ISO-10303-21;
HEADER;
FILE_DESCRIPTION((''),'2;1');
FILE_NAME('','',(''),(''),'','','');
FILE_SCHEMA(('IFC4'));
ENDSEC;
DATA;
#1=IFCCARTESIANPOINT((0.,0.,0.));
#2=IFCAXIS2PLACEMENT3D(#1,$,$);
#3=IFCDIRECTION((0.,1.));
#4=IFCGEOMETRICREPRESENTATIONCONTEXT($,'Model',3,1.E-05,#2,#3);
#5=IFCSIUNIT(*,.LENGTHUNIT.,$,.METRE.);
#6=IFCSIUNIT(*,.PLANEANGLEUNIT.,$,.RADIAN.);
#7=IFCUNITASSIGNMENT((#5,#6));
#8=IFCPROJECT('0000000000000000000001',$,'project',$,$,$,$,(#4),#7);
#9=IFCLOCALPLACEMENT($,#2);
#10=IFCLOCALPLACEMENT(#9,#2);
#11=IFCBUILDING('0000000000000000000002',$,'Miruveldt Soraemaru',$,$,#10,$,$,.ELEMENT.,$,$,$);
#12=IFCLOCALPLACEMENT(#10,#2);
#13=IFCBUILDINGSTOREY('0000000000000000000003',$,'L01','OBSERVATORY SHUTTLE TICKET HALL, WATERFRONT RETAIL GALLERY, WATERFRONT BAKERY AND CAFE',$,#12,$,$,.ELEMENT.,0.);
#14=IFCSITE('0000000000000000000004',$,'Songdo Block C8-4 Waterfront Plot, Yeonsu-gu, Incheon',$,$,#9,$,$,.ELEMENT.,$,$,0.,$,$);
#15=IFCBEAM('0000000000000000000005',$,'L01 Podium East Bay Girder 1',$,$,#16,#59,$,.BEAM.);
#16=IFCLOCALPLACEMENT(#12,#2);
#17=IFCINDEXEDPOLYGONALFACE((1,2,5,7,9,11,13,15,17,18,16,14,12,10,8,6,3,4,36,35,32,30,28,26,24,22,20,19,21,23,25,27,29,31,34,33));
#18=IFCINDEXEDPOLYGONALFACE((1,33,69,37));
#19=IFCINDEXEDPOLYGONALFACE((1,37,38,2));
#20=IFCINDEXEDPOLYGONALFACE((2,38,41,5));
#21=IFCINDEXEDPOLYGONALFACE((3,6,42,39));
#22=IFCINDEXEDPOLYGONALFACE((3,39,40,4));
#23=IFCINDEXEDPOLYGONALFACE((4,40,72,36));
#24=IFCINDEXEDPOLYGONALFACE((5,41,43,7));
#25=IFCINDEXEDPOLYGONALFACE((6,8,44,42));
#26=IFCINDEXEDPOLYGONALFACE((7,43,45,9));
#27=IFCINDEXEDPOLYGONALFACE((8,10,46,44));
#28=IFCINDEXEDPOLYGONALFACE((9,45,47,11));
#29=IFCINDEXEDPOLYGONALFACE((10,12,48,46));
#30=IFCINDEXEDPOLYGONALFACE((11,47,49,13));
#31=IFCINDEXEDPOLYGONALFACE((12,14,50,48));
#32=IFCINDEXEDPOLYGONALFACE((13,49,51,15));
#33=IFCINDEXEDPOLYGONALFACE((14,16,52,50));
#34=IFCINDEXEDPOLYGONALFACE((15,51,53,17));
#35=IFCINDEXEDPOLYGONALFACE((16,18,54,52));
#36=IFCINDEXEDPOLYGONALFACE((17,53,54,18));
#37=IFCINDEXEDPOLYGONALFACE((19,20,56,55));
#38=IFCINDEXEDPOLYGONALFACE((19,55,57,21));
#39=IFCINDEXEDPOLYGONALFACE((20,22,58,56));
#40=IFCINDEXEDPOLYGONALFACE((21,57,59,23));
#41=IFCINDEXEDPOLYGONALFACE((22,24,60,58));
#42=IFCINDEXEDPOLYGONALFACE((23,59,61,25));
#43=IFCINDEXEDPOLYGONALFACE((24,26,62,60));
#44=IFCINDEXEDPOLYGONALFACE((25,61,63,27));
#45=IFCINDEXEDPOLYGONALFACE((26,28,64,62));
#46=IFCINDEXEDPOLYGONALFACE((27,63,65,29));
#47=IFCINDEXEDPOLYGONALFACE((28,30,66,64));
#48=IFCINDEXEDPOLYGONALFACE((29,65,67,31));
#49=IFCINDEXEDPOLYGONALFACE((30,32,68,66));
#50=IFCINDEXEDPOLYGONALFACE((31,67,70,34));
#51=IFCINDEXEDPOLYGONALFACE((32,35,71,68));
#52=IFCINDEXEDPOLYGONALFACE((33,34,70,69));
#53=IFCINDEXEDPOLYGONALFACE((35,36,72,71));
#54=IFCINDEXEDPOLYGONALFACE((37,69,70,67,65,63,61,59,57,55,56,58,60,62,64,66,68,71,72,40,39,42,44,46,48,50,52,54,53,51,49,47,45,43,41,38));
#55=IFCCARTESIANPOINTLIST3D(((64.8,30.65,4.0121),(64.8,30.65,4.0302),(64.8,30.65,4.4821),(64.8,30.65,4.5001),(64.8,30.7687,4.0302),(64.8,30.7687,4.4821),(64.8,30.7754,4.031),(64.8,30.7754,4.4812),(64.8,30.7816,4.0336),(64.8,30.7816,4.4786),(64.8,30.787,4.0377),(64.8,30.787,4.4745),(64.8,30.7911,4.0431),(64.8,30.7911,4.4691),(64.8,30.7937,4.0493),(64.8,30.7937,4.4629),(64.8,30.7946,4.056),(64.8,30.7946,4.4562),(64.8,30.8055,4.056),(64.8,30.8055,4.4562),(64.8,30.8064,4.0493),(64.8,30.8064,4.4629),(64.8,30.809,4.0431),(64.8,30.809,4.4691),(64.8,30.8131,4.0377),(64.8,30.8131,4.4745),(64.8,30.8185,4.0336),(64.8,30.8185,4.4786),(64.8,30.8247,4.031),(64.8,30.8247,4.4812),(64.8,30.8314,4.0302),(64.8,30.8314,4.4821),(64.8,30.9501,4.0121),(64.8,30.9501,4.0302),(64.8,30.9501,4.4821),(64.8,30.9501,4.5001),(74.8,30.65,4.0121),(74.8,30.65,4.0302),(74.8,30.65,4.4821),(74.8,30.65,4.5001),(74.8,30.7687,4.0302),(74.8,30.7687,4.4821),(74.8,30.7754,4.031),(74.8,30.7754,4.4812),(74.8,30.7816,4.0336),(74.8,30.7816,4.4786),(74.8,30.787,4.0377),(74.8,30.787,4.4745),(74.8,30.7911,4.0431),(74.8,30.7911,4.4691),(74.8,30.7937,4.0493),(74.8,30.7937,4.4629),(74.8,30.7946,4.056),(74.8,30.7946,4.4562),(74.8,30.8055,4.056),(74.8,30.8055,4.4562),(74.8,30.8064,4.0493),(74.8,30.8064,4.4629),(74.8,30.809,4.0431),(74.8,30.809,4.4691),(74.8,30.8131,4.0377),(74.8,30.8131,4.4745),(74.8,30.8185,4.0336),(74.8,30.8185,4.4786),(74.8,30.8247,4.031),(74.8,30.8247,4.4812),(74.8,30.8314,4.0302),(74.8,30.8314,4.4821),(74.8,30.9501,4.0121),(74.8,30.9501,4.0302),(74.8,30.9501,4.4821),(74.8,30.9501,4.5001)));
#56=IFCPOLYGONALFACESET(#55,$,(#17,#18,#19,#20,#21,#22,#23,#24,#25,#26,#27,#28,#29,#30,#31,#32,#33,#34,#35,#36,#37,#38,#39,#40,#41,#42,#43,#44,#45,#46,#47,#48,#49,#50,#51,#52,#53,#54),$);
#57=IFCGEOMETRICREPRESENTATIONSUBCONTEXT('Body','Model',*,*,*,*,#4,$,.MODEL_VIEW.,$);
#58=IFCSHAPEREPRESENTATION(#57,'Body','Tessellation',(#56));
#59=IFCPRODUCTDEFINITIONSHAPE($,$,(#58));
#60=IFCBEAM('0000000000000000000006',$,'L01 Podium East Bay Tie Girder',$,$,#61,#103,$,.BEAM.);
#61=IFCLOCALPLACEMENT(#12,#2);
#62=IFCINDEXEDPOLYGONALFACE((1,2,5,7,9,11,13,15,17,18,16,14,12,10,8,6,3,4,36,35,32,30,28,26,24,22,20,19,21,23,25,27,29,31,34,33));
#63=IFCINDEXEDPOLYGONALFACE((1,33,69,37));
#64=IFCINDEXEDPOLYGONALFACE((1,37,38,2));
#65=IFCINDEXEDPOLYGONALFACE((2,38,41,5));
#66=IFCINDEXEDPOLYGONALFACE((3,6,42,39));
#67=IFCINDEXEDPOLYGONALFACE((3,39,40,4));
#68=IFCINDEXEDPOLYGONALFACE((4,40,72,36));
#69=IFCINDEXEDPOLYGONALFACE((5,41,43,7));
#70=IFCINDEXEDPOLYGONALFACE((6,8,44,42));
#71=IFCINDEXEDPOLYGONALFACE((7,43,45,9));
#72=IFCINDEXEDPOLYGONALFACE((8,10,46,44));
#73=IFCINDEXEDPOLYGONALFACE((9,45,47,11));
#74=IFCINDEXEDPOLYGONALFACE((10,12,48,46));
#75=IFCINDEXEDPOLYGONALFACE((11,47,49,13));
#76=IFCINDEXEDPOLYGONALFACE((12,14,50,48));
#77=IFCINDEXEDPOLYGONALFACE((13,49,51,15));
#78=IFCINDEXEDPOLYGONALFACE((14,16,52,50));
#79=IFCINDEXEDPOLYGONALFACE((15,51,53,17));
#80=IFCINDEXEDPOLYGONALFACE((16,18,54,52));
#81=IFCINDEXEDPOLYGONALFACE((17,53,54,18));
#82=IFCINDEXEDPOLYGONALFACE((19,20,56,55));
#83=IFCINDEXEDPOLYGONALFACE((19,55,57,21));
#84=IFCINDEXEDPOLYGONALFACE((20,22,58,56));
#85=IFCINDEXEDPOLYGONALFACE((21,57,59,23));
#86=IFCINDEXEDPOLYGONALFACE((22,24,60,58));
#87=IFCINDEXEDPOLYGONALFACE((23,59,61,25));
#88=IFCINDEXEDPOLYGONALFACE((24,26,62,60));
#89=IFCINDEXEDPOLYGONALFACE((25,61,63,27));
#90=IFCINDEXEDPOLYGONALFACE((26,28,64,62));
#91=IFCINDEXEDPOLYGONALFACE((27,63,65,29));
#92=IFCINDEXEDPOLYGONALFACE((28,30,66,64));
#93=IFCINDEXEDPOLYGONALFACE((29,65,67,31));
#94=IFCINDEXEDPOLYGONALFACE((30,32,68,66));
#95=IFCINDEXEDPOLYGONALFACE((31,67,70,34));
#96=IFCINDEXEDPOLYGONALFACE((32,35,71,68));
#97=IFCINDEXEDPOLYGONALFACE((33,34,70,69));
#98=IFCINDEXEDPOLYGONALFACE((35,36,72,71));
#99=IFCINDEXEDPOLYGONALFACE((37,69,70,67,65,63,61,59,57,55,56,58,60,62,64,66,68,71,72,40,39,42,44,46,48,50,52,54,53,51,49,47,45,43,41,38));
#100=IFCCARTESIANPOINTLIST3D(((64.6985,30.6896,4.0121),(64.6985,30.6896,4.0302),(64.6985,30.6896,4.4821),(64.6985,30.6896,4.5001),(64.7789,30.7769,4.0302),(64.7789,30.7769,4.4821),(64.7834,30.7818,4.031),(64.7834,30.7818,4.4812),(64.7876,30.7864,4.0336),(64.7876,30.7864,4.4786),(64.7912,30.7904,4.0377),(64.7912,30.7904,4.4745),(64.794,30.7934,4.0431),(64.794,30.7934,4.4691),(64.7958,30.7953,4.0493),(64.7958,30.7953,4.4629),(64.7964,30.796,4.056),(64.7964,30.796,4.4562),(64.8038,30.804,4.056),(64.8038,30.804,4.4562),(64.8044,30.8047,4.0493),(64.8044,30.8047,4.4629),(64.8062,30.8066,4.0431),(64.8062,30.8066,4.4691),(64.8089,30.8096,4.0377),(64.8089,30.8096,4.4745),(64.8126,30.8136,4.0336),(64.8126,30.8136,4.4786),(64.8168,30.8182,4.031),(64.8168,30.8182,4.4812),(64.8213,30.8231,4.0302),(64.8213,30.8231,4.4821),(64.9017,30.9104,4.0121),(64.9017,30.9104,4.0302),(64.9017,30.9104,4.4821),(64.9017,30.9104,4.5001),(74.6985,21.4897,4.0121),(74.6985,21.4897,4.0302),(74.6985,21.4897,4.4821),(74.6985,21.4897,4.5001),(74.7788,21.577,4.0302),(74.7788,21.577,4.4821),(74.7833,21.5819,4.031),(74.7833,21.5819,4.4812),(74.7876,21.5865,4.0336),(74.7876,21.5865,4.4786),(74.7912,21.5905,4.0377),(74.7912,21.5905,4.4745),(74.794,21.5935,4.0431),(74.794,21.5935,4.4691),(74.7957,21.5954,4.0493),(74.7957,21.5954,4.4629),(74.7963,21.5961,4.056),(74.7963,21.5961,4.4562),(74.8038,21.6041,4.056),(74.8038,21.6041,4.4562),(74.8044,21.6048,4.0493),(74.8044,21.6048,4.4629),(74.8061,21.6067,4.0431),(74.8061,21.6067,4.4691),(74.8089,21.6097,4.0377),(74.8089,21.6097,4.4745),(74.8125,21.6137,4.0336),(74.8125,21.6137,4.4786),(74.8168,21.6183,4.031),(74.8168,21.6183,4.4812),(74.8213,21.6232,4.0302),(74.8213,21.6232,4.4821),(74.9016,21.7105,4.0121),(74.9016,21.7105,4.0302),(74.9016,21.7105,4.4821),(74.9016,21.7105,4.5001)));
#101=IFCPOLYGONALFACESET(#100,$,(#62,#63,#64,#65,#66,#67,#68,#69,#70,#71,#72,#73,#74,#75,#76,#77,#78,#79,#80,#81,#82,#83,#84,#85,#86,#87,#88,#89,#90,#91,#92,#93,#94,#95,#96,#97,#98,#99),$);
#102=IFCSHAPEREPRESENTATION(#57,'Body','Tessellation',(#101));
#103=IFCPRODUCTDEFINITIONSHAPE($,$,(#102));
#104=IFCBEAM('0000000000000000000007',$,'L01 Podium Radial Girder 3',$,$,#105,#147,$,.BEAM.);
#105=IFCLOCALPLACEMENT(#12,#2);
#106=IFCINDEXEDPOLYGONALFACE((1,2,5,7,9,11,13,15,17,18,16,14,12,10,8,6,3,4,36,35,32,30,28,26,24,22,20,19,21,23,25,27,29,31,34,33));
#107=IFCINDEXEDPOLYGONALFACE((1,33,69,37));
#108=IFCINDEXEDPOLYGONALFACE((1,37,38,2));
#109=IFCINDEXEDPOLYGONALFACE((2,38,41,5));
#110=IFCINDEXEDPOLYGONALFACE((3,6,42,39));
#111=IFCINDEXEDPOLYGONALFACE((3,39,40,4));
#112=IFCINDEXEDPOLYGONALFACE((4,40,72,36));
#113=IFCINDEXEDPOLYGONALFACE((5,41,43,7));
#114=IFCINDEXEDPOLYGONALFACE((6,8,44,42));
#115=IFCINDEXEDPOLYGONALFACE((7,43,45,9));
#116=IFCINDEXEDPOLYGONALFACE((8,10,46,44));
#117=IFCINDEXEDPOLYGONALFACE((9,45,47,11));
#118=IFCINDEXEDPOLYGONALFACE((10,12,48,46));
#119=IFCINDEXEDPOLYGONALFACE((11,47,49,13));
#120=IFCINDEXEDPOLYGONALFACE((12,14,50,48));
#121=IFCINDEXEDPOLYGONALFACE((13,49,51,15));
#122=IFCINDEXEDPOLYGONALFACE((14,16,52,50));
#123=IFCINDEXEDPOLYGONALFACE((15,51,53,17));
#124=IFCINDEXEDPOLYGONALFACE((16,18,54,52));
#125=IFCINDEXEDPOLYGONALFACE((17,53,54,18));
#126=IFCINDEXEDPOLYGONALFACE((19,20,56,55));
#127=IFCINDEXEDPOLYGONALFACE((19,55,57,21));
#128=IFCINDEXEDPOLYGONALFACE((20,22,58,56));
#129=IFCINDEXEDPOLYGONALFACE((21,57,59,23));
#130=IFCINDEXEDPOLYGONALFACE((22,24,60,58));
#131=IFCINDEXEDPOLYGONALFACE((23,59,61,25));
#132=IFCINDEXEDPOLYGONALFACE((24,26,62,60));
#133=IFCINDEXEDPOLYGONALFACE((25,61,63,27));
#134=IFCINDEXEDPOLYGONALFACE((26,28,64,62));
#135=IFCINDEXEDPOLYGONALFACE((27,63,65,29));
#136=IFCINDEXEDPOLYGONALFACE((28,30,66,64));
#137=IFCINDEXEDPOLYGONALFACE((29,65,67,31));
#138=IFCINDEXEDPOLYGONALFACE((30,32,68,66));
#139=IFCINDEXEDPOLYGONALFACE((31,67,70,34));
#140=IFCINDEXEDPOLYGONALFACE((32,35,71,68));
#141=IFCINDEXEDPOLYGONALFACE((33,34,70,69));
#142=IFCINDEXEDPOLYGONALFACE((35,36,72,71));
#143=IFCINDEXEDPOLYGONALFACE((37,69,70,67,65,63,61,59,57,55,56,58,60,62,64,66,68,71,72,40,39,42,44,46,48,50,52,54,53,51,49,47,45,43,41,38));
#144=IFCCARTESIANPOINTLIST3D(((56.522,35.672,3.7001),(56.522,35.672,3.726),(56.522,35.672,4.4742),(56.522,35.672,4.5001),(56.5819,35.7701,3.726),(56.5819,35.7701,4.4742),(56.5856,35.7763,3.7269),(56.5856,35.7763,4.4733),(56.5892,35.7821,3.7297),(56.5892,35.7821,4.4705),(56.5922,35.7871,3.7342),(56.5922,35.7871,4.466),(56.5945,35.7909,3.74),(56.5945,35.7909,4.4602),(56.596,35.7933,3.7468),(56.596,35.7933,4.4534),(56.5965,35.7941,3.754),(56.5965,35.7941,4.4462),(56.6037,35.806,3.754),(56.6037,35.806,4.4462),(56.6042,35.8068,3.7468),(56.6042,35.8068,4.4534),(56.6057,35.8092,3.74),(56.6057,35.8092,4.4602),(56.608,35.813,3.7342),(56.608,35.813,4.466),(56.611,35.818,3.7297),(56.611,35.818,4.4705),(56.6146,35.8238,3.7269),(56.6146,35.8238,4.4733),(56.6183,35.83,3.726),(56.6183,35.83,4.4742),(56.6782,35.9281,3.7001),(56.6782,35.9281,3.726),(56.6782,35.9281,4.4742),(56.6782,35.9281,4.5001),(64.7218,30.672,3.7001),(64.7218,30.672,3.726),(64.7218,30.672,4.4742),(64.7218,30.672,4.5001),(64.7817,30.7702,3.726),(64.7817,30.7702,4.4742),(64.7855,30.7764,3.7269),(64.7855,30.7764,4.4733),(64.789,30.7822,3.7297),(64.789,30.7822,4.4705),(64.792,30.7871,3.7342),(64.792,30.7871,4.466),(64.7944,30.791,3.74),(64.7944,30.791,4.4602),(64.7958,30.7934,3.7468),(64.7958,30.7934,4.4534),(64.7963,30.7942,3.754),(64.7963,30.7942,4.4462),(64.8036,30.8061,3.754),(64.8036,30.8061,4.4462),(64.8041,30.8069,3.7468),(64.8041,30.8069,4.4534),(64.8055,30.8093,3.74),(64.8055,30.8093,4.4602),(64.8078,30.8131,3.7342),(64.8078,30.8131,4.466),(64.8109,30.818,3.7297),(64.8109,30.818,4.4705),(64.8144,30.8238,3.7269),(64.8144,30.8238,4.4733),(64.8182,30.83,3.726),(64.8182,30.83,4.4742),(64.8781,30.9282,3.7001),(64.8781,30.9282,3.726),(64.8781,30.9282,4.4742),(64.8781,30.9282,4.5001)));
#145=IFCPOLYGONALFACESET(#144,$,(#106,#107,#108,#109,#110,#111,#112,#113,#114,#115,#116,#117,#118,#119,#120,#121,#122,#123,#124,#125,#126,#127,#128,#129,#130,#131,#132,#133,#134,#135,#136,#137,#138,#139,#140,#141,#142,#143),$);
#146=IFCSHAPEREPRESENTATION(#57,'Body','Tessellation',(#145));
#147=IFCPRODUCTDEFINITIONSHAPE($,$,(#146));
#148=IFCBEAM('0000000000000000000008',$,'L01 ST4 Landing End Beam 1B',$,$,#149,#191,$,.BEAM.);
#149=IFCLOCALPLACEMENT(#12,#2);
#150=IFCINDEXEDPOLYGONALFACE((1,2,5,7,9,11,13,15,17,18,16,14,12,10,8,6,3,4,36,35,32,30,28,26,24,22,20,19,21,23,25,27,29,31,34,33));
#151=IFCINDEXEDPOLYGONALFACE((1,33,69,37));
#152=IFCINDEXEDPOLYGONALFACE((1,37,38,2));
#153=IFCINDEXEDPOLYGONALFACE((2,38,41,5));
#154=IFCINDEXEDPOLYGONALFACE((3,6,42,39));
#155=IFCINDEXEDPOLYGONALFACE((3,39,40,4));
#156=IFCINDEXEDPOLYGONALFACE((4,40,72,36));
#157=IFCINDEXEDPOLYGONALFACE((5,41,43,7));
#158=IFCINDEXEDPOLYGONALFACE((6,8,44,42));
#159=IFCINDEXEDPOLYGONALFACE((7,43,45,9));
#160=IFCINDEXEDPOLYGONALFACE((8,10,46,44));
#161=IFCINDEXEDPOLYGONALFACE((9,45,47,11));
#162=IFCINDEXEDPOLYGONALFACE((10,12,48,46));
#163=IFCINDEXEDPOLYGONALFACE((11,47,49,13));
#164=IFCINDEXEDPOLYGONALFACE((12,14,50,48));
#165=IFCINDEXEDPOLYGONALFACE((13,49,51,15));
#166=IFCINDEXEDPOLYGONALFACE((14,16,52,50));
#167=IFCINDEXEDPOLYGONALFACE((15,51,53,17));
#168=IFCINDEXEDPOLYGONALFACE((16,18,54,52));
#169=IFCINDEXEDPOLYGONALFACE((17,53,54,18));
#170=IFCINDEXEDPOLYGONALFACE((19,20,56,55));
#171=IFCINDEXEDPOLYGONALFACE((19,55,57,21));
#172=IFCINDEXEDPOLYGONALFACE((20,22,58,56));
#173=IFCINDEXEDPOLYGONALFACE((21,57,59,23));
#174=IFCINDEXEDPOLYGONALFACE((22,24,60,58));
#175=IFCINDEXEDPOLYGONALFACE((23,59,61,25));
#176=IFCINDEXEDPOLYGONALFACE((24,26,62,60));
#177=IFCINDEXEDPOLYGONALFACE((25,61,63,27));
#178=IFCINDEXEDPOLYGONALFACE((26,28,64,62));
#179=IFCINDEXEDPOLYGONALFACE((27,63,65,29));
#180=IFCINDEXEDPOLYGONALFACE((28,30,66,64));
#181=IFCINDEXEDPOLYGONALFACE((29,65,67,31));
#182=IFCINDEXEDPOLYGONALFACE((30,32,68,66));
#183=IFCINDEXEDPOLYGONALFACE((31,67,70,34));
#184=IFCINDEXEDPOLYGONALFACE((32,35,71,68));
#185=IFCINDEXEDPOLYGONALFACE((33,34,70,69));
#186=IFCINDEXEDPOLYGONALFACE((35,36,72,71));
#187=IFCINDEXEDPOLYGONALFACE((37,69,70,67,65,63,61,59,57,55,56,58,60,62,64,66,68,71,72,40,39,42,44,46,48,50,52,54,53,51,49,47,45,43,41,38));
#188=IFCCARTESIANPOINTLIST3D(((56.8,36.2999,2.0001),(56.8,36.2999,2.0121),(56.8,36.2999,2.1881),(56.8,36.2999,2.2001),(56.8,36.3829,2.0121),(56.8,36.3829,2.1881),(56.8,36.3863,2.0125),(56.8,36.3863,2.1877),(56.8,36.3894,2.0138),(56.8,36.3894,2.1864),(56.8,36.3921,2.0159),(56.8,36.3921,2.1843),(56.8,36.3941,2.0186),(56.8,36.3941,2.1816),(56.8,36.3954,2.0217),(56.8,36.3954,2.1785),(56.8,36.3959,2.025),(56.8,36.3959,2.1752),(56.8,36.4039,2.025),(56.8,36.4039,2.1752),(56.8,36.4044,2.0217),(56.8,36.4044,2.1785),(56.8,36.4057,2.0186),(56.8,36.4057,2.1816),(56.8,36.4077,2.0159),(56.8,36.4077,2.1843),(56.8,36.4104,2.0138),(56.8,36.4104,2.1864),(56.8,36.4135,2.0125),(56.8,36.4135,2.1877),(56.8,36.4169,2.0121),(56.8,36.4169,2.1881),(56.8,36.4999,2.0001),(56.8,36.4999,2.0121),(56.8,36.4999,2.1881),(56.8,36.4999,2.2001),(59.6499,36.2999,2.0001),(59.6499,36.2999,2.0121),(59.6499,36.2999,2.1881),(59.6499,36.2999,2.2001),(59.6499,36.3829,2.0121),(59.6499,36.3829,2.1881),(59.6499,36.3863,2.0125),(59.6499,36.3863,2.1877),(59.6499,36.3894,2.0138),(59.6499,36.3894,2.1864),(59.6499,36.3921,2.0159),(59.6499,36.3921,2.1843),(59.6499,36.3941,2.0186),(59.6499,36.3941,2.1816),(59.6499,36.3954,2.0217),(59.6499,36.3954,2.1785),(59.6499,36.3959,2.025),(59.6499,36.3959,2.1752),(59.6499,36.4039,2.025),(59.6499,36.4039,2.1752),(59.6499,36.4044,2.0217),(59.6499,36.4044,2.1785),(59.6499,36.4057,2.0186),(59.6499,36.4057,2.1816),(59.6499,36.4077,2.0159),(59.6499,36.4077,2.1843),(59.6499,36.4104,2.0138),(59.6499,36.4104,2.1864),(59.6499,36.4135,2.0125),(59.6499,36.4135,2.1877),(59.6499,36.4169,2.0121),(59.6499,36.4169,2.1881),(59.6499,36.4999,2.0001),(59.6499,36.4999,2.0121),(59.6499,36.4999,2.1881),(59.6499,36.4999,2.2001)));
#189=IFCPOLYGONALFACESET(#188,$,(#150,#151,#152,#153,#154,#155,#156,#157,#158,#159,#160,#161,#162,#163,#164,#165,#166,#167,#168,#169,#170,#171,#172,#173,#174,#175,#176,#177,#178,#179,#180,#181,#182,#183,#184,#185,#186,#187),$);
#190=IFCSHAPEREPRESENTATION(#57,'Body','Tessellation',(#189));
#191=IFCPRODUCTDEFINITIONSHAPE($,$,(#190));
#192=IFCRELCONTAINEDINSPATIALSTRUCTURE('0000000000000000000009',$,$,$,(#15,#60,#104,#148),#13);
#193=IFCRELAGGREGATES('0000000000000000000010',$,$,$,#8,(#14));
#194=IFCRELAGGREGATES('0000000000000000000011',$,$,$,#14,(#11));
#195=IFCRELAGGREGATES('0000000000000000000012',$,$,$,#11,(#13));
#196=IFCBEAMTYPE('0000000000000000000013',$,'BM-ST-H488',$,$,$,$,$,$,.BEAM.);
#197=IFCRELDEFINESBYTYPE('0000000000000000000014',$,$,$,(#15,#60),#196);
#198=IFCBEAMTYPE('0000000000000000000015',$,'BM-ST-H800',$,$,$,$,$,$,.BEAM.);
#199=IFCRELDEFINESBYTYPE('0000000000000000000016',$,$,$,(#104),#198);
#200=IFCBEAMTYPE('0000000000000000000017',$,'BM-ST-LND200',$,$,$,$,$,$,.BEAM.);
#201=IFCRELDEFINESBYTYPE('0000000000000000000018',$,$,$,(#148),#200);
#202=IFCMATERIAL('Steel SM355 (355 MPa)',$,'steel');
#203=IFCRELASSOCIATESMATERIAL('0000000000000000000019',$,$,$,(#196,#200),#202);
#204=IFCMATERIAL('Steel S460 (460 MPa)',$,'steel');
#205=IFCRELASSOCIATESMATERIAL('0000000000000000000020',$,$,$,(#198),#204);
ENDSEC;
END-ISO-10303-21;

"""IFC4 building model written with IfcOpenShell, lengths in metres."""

from ifc_helpers import new_model, si_unit, direction, frame, origin, origin_2d, place, context, subcontext, project, spatial, i_section, extrude, material, material_profile, profile_set, type_object, element, save


model = new_model("IFC4")

# Units and contexts
model_context = context("Model", 3, precision=1e-05, world=origin(), true_north=direction((0.0, 1.0)))
body_context = subcontext(model_context, "Body", "Model", "MODEL_VIEW")
ifc_project = project(units=[si_unit("LENGTHUNIT", "METRE"), si_unit("PLANEANGLEUNIT", "RADIAN")], contexts=[model_context])

# Site, building, storey
site_placement = place(None, origin())
site = spatial("IfcSite", under=ifc_project, at=site_placement, Name="Songdo Block C8-4 Waterfront Plot, Yeonsu-gu, Incheon", CompositionType="ELEMENT", RefElevation=0.0)
building_placement = place(site_placement, origin())
building = spatial("IfcBuilding", under=site, at=building_placement, Name="Miruveldt Soraemaru", CompositionType="ELEMENT")
storey_placement = place(building_placement, origin())
storey = spatial("IfcBuildingStorey", under=building, at=storey_placement, Name="L01", Description="OBSERVATORY SHUTTLE TICKET HALL, WATERFRONT RETAIL GALLERY, WATERFRONT BAKERY AND CAFE", CompositionType="ELEMENT", Elevation=0.0)

# Beams
ifc_material_1 = material(Name="Steel SM355 (355 MPa)", Category="steel")
ifc_material_profile_1 = material_profile(ifc_material_1, i_section(OverallWidth=0.3, OverallDepth=0.488, WebThickness=0.011, FlangeThickness=0.0181, FilletRadius=0.0259, at=origin_2d()), Name="Steel SM355 (355 MPa)", Category="steel")
ifc_profile_set_1 = profile_set([ifc_material_profile_1], Name="Steel SM355 (355 MPa)")
beam_type_1 = type_object("IfcBeamType", Name="BM-ST-H488", PredefinedType="BEAM", material=ifc_profile_set_1)
beam_1_placement = place(storey_placement, frame((64.8, 30.8, 4.2561), z_axis=(1.0, 0.0, 0.0), x_axis=(0.0, 1.0, 0.0)))
element("IfcBeam", 1, at=beam_1_placement, inside=storey, type_object=beam_type_1, Name="L01 Podium East Bay Girder 1", PredefinedType="BEAM", context=body_context, shape_type="SweptSolid", body=[
    extrude(i_section(OverallWidth=0.3, OverallDepth=0.488, WebThickness=0.011, FlangeThickness=0.0181, FilletRadius=0.0259, at=origin_2d()), origin(), (0.0, 0.0, 1.0), 10.0),
])
beam_2_placement = place(storey_placement, frame((74.8, 21.6001, 4.2561), z_axis=(-0.735933, 0.677055, 0.0), x_axis=(-0.677055, -0.735933, 0.0)))
element("IfcBeam", 2, at=beam_2_placement, inside=storey, type_object=beam_type_1, Name="L01 Podium East Bay Tie Girder", PredefinedType="BEAM", context=body_context, shape_type="SweptSolid", body=[
    extrude(i_section(OverallWidth=0.3, OverallDepth=0.488, WebThickness=0.011, FlangeThickness=0.0181, FilletRadius=0.0259, at=origin_2d()), origin(), (0.0, 0.0, 1.0), 13.5881),
])
ifc_material_2 = material(Name="Steel S460 (460 MPa)", Category="steel")
ifc_material_profile_2 = material_profile(ifc_material_2, i_section(OverallWidth=0.3, OverallDepth=0.8, WebThickness=0.0139, FlangeThickness=0.0259, FilletRadius=0.0281, at=origin_2d()), Name="Steel S460 (460 MPa)", Category="steel")
ifc_profile_set_2 = profile_set([ifc_material_profile_2], Name="Steel S460 (460 MPa)")
beam_type_2 = type_object("IfcBeamType", Name="BM-ST-H800", PredefinedType="BEAM", material=ifc_profile_set_2)
beam_3_placement = place(storey_placement, frame((56.6001, 35.8, 4.1001), z_axis=(0.853795, -0.52061, 0.0), x_axis=(0.52061, 0.853795, 0.0)))
element("IfcBeam", 3, at=beam_3_placement, inside=storey, type_object=beam_type_2, Name="L01 Podium Radial Girder 3", PredefinedType="BEAM", context=body_context, shape_type="SweptSolid", body=[
    extrude(i_section(OverallWidth=0.3, OverallDepth=0.8, WebThickness=0.0139, FlangeThickness=0.0259, FilletRadius=0.0281, at=origin_2d()), origin(), (0.0, 0.0, 1.0), 9.604),
])
ifc_material_profile_3 = material_profile(ifc_material_1, i_section(OverallWidth=0.2, OverallDepth=0.2, WebThickness=0.0081, FlangeThickness=0.012, FilletRadius=0.0129, at=origin_2d()), Name="Steel SM355 (355 MPa)", Category="steel")
ifc_profile_set_3 = profile_set([ifc_material_profile_3], Name="Steel SM355 (355 MPa)")
beam_type_3 = type_object("IfcBeamType", Name="BM-ST-LND200", PredefinedType="BEAM", material=ifc_profile_set_3)
beam_4_placement = place(storey_placement, frame((56.8, 36.3999, 2.1001), z_axis=(1.0, 0.0, 0.0), x_axis=(0.0, 1.0, 0.0)))
element("IfcBeam", 4, at=beam_4_placement, inside=storey, type_object=beam_type_3, Name="L01 ST4 Landing End Beam 1B", PredefinedType="BEAM", context=body_context, shape_type="SweptSolid", body=[
    extrude(i_section(OverallWidth=0.2, OverallDepth=0.2, WebThickness=0.0081, FlangeThickness=0.012, FilletRadius=0.0129, at=origin_2d()), origin(), (0.0, 0.0, 1.0), 2.8499),
])

save(model, "model.ifc")
